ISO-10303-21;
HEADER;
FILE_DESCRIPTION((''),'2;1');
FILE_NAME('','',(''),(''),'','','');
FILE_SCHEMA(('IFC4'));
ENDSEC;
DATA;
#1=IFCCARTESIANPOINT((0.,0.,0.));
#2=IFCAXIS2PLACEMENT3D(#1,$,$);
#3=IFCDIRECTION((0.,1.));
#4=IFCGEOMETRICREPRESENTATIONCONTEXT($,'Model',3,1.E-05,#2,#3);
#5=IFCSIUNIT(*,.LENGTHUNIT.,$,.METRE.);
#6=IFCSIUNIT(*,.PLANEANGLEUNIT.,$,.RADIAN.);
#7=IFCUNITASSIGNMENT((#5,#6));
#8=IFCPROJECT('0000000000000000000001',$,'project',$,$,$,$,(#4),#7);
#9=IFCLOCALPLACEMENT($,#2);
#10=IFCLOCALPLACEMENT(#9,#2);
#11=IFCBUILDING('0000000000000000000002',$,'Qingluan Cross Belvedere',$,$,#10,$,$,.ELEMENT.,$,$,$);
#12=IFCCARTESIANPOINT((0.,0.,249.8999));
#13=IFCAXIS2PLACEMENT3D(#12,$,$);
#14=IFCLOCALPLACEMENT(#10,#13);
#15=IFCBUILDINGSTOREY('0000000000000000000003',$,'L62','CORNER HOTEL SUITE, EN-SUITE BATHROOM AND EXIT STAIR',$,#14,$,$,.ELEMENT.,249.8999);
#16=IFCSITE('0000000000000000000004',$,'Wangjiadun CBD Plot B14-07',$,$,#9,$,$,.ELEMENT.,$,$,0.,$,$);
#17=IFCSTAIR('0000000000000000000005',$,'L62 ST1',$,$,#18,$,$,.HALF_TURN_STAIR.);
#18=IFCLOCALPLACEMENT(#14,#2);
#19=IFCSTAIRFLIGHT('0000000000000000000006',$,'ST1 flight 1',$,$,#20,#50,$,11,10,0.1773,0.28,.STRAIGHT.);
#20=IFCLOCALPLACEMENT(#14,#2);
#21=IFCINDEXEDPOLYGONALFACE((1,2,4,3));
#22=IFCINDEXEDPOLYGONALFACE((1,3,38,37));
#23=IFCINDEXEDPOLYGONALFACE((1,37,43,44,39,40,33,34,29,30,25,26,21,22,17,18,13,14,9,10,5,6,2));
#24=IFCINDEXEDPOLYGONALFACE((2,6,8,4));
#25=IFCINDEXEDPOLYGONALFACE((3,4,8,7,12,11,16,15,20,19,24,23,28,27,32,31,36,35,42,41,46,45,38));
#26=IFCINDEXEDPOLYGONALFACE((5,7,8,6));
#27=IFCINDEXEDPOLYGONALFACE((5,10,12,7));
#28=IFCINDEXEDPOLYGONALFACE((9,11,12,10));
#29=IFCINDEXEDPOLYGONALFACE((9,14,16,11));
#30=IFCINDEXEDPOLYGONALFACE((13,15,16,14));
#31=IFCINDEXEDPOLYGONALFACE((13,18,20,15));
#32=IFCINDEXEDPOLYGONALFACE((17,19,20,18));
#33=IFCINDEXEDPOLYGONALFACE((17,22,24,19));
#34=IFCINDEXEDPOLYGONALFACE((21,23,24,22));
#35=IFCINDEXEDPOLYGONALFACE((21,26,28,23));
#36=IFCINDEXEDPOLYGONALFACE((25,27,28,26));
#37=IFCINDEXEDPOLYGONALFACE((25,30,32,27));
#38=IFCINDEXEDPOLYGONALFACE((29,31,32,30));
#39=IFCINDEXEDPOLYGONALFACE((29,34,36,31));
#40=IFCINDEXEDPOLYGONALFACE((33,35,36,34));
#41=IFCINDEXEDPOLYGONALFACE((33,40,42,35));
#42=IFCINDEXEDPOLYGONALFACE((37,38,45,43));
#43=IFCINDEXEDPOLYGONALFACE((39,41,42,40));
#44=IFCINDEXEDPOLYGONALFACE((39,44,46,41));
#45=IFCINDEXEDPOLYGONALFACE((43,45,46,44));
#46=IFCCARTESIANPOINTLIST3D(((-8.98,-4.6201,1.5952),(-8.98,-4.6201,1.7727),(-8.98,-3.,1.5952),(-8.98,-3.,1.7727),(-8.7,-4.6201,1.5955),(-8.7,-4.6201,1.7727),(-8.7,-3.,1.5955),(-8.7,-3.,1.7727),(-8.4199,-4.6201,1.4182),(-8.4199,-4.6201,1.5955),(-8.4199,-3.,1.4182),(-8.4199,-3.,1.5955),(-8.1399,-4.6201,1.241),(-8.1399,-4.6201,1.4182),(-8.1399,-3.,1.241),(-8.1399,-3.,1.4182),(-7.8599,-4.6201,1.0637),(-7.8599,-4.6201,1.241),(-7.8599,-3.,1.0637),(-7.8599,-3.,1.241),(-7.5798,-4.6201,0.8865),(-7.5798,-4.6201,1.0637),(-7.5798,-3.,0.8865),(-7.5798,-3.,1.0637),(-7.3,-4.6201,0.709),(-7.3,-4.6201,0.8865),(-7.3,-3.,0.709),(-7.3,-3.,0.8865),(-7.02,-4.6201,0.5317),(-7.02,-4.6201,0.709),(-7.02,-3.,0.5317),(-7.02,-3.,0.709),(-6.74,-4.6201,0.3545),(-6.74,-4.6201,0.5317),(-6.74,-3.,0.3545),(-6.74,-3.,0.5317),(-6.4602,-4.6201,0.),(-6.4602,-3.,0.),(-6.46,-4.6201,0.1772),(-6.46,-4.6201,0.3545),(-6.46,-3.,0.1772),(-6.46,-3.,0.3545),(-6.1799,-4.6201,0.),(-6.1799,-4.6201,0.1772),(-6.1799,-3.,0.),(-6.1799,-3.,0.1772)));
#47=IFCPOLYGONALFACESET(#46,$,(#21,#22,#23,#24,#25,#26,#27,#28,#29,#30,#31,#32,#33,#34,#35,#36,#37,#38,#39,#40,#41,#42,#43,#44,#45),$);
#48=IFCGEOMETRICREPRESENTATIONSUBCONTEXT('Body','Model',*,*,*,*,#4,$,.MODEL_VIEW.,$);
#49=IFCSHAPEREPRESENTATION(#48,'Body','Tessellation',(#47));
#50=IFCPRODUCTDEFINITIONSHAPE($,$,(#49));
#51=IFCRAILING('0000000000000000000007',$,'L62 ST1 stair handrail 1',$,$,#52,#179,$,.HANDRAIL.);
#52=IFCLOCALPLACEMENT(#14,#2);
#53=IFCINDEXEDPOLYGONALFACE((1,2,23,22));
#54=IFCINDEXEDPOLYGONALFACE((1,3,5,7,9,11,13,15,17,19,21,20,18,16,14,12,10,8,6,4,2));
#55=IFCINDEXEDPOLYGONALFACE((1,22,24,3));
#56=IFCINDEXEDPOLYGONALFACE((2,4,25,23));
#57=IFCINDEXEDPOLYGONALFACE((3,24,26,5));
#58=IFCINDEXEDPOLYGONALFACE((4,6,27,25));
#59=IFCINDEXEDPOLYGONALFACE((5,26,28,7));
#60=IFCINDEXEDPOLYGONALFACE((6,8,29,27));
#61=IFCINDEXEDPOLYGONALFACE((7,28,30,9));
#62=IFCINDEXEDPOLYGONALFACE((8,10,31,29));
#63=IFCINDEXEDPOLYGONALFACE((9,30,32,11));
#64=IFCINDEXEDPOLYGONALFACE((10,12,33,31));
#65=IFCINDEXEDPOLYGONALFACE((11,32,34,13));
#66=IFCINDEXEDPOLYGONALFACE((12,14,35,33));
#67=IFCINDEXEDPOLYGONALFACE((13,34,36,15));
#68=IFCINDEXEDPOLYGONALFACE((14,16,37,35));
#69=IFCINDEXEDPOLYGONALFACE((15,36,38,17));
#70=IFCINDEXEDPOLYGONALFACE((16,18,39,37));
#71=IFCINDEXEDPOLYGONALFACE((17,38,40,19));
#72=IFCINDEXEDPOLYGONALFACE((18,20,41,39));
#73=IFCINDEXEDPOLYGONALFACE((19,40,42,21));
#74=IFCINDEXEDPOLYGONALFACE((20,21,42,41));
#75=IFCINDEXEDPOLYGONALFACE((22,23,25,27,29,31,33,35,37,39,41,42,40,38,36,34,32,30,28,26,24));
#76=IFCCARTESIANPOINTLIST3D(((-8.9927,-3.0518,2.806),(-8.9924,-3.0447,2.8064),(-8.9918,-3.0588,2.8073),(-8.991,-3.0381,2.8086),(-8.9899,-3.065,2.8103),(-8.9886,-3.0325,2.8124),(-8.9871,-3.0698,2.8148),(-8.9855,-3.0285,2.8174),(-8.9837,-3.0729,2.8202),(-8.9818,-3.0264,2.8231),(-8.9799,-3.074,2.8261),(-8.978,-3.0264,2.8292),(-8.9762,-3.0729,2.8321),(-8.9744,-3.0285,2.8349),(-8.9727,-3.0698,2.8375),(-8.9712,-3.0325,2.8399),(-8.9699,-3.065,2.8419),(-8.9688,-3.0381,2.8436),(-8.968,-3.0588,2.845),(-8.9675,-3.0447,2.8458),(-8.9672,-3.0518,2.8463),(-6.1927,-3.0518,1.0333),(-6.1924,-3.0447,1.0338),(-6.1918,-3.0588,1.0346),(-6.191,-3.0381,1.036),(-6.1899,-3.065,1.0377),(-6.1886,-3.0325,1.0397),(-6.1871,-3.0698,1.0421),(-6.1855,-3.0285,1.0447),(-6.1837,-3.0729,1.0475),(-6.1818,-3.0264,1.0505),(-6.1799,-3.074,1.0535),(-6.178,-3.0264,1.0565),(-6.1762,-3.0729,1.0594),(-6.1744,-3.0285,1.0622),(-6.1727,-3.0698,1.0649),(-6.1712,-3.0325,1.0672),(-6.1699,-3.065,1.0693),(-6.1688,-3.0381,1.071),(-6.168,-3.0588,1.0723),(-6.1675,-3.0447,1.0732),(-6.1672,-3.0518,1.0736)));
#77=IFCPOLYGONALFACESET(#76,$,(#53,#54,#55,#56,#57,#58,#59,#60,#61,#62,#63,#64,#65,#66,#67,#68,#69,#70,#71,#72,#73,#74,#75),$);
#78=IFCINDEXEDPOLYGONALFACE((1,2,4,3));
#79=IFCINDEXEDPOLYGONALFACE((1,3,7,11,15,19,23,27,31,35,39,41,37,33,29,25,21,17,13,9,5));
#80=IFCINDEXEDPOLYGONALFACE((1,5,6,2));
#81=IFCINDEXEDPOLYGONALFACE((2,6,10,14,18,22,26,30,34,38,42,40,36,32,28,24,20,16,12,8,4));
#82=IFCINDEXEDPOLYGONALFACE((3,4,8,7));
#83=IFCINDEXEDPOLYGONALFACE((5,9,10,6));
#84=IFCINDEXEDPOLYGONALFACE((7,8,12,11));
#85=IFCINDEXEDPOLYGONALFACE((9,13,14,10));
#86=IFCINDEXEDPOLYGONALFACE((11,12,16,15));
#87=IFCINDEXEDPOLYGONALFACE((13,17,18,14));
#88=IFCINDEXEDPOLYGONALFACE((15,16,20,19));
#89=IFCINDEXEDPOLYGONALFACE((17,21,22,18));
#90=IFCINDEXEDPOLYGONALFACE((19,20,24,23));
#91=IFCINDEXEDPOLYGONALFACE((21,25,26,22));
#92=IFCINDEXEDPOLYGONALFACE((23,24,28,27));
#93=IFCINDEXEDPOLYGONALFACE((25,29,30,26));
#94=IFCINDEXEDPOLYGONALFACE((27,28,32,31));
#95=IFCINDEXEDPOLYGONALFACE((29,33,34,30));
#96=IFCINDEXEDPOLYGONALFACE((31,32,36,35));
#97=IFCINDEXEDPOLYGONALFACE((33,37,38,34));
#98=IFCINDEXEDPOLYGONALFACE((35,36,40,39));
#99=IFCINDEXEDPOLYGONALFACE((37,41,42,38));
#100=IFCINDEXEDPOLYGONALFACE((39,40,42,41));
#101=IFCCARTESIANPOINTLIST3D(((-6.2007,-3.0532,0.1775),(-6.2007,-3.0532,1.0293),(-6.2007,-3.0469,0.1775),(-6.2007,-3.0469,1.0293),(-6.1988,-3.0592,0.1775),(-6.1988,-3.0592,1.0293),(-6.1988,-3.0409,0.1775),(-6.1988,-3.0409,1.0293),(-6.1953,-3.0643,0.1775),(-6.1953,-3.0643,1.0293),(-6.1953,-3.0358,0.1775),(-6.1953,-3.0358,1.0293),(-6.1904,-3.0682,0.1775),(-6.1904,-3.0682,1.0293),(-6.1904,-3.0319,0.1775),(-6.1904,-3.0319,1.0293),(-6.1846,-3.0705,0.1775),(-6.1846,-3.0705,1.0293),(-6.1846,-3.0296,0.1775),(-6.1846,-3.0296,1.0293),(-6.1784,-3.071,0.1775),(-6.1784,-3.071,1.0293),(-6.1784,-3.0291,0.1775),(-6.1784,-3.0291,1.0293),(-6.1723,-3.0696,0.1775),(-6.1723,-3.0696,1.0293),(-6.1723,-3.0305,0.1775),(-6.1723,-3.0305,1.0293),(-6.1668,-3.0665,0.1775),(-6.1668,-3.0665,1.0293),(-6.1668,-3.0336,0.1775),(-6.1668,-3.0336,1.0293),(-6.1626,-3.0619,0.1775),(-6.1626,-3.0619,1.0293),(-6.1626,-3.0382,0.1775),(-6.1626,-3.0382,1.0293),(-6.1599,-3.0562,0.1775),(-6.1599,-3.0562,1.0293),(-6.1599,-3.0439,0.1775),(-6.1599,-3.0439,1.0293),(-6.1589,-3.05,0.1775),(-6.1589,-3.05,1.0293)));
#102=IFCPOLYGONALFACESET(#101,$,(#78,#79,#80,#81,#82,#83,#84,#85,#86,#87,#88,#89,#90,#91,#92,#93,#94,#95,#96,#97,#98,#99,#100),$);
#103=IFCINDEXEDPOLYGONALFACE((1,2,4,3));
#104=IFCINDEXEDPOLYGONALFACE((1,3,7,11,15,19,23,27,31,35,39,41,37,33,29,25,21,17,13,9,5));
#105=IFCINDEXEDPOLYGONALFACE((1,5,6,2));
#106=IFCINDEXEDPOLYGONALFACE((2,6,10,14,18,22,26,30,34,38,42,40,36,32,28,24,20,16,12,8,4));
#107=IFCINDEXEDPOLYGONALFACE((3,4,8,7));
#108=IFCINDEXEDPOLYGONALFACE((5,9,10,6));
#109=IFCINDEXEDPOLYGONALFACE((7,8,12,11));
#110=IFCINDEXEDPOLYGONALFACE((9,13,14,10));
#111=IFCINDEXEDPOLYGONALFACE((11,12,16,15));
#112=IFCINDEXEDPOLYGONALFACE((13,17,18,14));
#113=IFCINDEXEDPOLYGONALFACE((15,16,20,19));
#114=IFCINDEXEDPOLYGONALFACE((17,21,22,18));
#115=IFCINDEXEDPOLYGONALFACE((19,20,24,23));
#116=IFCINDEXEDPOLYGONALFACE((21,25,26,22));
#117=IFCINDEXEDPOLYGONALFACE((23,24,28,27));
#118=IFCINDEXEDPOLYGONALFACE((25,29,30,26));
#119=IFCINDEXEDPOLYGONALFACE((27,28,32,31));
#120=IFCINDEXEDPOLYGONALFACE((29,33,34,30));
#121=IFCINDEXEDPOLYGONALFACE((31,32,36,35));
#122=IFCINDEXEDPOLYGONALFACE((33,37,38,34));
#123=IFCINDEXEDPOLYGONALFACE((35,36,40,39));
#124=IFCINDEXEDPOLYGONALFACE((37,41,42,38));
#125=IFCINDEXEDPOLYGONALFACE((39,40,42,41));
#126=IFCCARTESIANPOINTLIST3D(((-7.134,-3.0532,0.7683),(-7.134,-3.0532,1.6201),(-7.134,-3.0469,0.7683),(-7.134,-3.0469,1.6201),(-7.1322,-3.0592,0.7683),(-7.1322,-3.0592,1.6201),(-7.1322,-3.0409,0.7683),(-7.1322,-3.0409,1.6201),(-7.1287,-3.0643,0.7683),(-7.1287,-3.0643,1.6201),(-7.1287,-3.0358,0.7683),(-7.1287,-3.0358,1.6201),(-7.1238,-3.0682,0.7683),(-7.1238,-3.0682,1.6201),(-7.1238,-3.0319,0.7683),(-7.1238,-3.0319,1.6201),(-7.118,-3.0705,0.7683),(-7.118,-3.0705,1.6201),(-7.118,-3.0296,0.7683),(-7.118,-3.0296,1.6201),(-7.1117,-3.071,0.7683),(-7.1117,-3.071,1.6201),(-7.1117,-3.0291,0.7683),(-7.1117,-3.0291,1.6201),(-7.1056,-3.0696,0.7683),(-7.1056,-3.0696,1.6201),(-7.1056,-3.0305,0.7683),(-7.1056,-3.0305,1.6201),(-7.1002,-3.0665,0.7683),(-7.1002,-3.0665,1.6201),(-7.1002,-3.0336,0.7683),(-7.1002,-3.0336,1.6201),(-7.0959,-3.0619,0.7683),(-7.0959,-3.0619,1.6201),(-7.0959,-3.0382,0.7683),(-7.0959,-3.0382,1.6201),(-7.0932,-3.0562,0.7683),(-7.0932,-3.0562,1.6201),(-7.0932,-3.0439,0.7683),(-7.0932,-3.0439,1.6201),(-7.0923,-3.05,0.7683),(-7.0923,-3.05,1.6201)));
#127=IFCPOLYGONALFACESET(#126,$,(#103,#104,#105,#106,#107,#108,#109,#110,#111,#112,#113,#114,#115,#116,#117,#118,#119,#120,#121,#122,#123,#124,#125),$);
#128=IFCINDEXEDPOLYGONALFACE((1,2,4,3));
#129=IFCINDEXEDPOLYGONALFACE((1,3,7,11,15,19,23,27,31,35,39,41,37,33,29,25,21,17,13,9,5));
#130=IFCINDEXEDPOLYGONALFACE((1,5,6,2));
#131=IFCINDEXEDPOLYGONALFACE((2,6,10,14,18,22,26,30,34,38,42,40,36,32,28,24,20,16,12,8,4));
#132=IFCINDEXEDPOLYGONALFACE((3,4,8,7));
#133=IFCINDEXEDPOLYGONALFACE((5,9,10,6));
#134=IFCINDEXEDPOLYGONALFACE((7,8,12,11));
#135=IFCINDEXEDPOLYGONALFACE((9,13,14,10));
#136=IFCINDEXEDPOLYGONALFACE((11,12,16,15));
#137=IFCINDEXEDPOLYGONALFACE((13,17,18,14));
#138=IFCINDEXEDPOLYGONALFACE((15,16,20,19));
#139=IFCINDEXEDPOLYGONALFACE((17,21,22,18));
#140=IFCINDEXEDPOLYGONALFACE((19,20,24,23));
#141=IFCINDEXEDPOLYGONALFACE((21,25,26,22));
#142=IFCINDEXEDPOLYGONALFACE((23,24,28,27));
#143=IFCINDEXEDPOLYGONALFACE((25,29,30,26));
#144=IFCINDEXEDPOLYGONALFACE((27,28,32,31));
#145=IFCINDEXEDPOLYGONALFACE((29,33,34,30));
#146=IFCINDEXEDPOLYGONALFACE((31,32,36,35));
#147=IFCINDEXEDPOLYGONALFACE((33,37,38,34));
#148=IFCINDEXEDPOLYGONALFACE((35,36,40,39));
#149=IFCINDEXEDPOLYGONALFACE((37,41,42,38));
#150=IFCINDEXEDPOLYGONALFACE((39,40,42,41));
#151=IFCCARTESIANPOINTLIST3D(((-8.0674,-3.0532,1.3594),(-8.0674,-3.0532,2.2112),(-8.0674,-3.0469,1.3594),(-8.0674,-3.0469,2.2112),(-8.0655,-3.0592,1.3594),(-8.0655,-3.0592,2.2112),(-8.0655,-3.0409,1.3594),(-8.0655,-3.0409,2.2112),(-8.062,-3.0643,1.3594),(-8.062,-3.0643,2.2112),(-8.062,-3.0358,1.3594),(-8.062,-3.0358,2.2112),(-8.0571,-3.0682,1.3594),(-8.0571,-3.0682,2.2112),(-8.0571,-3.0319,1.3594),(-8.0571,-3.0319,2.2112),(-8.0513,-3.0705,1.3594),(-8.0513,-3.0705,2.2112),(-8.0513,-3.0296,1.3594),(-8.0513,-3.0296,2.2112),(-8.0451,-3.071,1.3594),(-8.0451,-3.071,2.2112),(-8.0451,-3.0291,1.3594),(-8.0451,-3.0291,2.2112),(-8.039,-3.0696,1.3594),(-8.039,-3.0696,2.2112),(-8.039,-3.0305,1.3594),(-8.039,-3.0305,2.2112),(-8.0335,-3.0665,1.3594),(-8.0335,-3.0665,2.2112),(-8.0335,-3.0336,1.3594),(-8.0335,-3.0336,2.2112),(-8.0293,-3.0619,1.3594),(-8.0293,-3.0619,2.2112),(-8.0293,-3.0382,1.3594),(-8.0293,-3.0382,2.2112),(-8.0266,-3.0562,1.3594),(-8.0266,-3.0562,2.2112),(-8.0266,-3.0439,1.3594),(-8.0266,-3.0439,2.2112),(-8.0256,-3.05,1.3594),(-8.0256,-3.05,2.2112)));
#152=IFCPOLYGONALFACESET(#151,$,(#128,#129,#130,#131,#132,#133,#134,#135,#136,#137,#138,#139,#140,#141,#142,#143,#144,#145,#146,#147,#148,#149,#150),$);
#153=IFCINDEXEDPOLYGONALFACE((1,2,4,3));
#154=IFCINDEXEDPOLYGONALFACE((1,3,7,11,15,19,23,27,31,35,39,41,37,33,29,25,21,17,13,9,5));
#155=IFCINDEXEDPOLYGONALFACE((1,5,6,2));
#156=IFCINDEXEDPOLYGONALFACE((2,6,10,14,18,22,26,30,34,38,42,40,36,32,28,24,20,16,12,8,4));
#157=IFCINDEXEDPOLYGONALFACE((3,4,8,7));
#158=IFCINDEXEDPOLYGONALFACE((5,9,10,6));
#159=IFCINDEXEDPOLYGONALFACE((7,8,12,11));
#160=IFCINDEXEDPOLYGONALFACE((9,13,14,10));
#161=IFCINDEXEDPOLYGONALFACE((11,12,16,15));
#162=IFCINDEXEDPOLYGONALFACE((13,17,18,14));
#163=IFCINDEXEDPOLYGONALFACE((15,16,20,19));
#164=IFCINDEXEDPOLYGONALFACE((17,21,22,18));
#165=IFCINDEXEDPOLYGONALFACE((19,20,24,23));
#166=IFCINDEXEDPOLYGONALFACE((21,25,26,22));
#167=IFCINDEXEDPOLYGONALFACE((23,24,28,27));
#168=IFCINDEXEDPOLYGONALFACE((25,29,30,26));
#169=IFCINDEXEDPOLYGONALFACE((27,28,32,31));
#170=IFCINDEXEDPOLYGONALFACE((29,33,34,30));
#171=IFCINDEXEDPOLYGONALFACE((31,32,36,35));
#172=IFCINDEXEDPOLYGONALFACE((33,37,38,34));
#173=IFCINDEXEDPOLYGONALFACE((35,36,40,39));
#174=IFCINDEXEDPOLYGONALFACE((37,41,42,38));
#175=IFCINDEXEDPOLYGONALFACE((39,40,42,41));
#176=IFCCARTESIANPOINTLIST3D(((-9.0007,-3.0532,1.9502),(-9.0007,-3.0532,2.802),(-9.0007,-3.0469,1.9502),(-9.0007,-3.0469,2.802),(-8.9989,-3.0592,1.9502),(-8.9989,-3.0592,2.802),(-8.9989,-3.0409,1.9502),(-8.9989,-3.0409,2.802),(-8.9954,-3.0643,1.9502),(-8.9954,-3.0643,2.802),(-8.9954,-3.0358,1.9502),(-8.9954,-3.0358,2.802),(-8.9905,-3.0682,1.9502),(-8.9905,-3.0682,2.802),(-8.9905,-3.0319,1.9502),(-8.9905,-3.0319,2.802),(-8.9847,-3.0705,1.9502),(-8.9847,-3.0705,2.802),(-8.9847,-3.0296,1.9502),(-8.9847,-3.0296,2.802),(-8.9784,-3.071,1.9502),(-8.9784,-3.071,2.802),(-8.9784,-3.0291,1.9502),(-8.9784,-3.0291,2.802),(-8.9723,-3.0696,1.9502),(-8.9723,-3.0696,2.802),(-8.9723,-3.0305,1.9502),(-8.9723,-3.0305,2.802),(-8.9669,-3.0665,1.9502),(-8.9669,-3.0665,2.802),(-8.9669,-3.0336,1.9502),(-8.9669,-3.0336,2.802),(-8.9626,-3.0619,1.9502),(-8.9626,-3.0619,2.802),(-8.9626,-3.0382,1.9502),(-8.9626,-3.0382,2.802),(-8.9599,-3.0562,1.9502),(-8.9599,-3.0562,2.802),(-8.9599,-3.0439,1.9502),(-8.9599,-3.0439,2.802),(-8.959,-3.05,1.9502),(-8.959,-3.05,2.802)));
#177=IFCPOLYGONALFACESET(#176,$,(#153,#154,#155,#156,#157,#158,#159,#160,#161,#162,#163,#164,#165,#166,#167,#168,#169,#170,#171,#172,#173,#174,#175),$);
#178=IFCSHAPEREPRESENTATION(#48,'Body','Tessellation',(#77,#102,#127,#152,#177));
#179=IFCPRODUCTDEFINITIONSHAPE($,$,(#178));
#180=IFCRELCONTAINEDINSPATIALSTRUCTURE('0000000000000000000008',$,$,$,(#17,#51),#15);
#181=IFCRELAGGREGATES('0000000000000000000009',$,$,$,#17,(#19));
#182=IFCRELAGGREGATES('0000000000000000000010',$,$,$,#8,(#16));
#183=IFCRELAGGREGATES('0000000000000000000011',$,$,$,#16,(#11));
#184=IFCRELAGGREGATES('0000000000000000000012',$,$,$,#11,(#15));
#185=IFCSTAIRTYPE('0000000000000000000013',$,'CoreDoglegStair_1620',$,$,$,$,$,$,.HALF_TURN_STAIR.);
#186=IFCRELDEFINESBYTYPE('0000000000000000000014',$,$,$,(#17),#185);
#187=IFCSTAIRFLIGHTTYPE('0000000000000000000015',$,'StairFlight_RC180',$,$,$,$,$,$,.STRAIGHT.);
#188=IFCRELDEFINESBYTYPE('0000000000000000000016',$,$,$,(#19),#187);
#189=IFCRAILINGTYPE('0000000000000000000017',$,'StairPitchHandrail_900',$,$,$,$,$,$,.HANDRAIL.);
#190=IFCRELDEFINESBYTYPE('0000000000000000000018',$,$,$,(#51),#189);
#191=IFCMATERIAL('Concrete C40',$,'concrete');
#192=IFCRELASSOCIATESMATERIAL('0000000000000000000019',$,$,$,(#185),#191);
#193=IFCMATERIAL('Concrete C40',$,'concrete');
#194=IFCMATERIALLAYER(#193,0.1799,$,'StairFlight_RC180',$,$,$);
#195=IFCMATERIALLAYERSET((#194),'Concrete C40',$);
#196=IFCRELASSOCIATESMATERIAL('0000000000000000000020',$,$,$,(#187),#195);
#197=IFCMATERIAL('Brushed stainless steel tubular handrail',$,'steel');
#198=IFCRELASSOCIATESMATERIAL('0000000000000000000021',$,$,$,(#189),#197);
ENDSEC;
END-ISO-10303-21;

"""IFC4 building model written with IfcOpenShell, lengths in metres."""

from ifc_helpers import new_model, si_unit, direction, frame, origin, origin_2d, place, context, subcontext, project, spatial, polyline, circle, outline, extrude, material, layer, layer_set, type_object, element, aggregate, save


model = new_model("IFC4")

# Units and contexts
model_context = context("Model", 3, precision=1e-05, world=origin(), true_north=direction((0.0, 1.0)))
body_context = subcontext(model_context, "Body", "Model", "MODEL_VIEW")
ifc_project = project(units=[si_unit("LENGTHUNIT", "METRE"), si_unit("PLANEANGLEUNIT", "RADIAN")], contexts=[model_context])

# Site, building, storey
site_placement = place(None, origin())
site = spatial("IfcSite", under=ifc_project, at=site_placement, Name="Wangjiadun CBD Plot B14-07", CompositionType="ELEMENT", RefElevation=0.0)
building_placement = place(site_placement, origin())
building = spatial("IfcBuilding", under=site, at=building_placement, Name="Qingluan Cross Belvedere", CompositionType="ELEMENT")
storey_placement = place(building_placement, frame((0.0, 0.0, 249.8999)))
storey = spatial("IfcBuildingStorey", under=building, at=storey_placement, Name="L62", Description="CORNER HOTEL SUITE, EN-SUITE BATHROOM AND EXIT STAIR", CompositionType="ELEMENT", Elevation=249.8999)

# Stair, stair flight
ifc_material_1 = material(Name="Concrete C40", Category="concrete")
stair_type = type_object("IfcStairType", Name="CoreDoglegStair_1620", PredefinedType="HALF_TURN_STAIR", material=ifc_material_1)
stair_placement = place(storey_placement, origin())
stair = element("IfcStair", 1, at=stair_placement, inside=storey, type_object=stair_type, Name="L62 ST1", PredefinedType="HALF_TURN_STAIR")
ifc_material_2 = material(Name="Concrete C40", Category="concrete")
ifc_layer_1 = layer(ifc_material_2, 0.1799, Name="StairFlight_RC180")
ifc_layer_set_1 = layer_set([ifc_layer_1], Name="Concrete C40")
stair_flight_type = type_object("IfcStairFlightType", Name="StairFlight_RC180", PredefinedType="STRAIGHT", material=ifc_layer_set_1)
stair_flight_placement = place(storey_placement, frame((-6.1799, -3.8101, 0.0), z_axis=(0.0, 0.0, 1.0), x_axis=(-1.0, 0.0, 0.0)))
stair_flight = element("IfcStairFlight", 2, at=stair_flight_placement, type_object=stair_flight_type, Name="ST1 flight 1", NumberOfRisers=11, NumberOfTreads=10, PredefinedType="STRAIGHT", RiserHeight=0.1773, TreadLength=0.28, context=body_context, shape_type="SweptSolid", body=[
    extrude(outline(polyline([(0.0, 0.0), (0.0, 0.1772), (0.28, 0.1772), (0.28, 0.3545), (0.5601, 0.3545), (0.5601, 0.5317), (0.8401, 0.5317), (0.8401, 0.709), (1.1201, 0.709), (1.1201, 0.8865), (1.3999, 0.8865), (1.3999, 1.0637), (1.6799, 1.0637), (1.6799, 1.241), (1.96, 1.241), (1.96, 1.4182), (2.24, 1.4182), (2.24, 1.5955), (2.52, 1.5955), (2.52, 1.7727), (2.8, 1.7727), (2.8, 1.95), (2.8, 1.5952), (0.2803, 0.0), (0.0, 0.0)])), frame((0.0, 0.8101, 0.0), z_axis=(0.0, -1.0, 0.0), x_axis=(1.0, 0.0, 0.0)), (0.0, 0.0, 1.0), 1.6201),
])
aggregate(stair, [stair_flight])

# Railing
ifc_material_3 = material(Name="Brushed stainless steel tubular handrail", Category="steel")
railing_type_1 = type_object("IfcRailingType", Name="StairPitchHandrail_900", PredefinedType="HANDRAIL", material=ifc_material_3)
railing_1_placement = place(storey_placement, frame((-6.1799, -3.05, 0.1775)))
element("IfcRailing", 3, at=railing_1_placement, inside=storey, type_object=railing_type_1, Name="L62 ST1 stair handrail 1", PredefinedType="HANDRAIL", context=body_context, shape_type="SweptSolid", body=[
    extrude(circle(Radius=0.0239, at=origin_2d()), frame((0.0, 0.0, 0.876), z_axis=(-0.844909, 0.0, 0.53491), x_axis=(0.0, -1.0, 0.0)), (0.0, 0.0, 1.0), 3.314),
    extrude(circle(Radius=0.021, at=origin_2d()), origin(), (0.0, 0.0, 1.0), 0.8518),
    extrude(circle(Radius=0.021, at=origin_2d()), frame((-0.9333, 0.0, 0.5908)), (0.0, 0.0, 1.0), 0.8518),
    extrude(circle(Radius=0.021, at=origin_2d()), frame((-1.8667, 0.0, 1.1819)), (0.0, 0.0, 1.0), 0.8518),
    extrude(circle(Radius=0.021, at=origin_2d()), frame((-2.8, 0.0, 1.7727)), (0.0, 0.0, 1.0), 0.8518),
])

save(model, "model.ifc")
